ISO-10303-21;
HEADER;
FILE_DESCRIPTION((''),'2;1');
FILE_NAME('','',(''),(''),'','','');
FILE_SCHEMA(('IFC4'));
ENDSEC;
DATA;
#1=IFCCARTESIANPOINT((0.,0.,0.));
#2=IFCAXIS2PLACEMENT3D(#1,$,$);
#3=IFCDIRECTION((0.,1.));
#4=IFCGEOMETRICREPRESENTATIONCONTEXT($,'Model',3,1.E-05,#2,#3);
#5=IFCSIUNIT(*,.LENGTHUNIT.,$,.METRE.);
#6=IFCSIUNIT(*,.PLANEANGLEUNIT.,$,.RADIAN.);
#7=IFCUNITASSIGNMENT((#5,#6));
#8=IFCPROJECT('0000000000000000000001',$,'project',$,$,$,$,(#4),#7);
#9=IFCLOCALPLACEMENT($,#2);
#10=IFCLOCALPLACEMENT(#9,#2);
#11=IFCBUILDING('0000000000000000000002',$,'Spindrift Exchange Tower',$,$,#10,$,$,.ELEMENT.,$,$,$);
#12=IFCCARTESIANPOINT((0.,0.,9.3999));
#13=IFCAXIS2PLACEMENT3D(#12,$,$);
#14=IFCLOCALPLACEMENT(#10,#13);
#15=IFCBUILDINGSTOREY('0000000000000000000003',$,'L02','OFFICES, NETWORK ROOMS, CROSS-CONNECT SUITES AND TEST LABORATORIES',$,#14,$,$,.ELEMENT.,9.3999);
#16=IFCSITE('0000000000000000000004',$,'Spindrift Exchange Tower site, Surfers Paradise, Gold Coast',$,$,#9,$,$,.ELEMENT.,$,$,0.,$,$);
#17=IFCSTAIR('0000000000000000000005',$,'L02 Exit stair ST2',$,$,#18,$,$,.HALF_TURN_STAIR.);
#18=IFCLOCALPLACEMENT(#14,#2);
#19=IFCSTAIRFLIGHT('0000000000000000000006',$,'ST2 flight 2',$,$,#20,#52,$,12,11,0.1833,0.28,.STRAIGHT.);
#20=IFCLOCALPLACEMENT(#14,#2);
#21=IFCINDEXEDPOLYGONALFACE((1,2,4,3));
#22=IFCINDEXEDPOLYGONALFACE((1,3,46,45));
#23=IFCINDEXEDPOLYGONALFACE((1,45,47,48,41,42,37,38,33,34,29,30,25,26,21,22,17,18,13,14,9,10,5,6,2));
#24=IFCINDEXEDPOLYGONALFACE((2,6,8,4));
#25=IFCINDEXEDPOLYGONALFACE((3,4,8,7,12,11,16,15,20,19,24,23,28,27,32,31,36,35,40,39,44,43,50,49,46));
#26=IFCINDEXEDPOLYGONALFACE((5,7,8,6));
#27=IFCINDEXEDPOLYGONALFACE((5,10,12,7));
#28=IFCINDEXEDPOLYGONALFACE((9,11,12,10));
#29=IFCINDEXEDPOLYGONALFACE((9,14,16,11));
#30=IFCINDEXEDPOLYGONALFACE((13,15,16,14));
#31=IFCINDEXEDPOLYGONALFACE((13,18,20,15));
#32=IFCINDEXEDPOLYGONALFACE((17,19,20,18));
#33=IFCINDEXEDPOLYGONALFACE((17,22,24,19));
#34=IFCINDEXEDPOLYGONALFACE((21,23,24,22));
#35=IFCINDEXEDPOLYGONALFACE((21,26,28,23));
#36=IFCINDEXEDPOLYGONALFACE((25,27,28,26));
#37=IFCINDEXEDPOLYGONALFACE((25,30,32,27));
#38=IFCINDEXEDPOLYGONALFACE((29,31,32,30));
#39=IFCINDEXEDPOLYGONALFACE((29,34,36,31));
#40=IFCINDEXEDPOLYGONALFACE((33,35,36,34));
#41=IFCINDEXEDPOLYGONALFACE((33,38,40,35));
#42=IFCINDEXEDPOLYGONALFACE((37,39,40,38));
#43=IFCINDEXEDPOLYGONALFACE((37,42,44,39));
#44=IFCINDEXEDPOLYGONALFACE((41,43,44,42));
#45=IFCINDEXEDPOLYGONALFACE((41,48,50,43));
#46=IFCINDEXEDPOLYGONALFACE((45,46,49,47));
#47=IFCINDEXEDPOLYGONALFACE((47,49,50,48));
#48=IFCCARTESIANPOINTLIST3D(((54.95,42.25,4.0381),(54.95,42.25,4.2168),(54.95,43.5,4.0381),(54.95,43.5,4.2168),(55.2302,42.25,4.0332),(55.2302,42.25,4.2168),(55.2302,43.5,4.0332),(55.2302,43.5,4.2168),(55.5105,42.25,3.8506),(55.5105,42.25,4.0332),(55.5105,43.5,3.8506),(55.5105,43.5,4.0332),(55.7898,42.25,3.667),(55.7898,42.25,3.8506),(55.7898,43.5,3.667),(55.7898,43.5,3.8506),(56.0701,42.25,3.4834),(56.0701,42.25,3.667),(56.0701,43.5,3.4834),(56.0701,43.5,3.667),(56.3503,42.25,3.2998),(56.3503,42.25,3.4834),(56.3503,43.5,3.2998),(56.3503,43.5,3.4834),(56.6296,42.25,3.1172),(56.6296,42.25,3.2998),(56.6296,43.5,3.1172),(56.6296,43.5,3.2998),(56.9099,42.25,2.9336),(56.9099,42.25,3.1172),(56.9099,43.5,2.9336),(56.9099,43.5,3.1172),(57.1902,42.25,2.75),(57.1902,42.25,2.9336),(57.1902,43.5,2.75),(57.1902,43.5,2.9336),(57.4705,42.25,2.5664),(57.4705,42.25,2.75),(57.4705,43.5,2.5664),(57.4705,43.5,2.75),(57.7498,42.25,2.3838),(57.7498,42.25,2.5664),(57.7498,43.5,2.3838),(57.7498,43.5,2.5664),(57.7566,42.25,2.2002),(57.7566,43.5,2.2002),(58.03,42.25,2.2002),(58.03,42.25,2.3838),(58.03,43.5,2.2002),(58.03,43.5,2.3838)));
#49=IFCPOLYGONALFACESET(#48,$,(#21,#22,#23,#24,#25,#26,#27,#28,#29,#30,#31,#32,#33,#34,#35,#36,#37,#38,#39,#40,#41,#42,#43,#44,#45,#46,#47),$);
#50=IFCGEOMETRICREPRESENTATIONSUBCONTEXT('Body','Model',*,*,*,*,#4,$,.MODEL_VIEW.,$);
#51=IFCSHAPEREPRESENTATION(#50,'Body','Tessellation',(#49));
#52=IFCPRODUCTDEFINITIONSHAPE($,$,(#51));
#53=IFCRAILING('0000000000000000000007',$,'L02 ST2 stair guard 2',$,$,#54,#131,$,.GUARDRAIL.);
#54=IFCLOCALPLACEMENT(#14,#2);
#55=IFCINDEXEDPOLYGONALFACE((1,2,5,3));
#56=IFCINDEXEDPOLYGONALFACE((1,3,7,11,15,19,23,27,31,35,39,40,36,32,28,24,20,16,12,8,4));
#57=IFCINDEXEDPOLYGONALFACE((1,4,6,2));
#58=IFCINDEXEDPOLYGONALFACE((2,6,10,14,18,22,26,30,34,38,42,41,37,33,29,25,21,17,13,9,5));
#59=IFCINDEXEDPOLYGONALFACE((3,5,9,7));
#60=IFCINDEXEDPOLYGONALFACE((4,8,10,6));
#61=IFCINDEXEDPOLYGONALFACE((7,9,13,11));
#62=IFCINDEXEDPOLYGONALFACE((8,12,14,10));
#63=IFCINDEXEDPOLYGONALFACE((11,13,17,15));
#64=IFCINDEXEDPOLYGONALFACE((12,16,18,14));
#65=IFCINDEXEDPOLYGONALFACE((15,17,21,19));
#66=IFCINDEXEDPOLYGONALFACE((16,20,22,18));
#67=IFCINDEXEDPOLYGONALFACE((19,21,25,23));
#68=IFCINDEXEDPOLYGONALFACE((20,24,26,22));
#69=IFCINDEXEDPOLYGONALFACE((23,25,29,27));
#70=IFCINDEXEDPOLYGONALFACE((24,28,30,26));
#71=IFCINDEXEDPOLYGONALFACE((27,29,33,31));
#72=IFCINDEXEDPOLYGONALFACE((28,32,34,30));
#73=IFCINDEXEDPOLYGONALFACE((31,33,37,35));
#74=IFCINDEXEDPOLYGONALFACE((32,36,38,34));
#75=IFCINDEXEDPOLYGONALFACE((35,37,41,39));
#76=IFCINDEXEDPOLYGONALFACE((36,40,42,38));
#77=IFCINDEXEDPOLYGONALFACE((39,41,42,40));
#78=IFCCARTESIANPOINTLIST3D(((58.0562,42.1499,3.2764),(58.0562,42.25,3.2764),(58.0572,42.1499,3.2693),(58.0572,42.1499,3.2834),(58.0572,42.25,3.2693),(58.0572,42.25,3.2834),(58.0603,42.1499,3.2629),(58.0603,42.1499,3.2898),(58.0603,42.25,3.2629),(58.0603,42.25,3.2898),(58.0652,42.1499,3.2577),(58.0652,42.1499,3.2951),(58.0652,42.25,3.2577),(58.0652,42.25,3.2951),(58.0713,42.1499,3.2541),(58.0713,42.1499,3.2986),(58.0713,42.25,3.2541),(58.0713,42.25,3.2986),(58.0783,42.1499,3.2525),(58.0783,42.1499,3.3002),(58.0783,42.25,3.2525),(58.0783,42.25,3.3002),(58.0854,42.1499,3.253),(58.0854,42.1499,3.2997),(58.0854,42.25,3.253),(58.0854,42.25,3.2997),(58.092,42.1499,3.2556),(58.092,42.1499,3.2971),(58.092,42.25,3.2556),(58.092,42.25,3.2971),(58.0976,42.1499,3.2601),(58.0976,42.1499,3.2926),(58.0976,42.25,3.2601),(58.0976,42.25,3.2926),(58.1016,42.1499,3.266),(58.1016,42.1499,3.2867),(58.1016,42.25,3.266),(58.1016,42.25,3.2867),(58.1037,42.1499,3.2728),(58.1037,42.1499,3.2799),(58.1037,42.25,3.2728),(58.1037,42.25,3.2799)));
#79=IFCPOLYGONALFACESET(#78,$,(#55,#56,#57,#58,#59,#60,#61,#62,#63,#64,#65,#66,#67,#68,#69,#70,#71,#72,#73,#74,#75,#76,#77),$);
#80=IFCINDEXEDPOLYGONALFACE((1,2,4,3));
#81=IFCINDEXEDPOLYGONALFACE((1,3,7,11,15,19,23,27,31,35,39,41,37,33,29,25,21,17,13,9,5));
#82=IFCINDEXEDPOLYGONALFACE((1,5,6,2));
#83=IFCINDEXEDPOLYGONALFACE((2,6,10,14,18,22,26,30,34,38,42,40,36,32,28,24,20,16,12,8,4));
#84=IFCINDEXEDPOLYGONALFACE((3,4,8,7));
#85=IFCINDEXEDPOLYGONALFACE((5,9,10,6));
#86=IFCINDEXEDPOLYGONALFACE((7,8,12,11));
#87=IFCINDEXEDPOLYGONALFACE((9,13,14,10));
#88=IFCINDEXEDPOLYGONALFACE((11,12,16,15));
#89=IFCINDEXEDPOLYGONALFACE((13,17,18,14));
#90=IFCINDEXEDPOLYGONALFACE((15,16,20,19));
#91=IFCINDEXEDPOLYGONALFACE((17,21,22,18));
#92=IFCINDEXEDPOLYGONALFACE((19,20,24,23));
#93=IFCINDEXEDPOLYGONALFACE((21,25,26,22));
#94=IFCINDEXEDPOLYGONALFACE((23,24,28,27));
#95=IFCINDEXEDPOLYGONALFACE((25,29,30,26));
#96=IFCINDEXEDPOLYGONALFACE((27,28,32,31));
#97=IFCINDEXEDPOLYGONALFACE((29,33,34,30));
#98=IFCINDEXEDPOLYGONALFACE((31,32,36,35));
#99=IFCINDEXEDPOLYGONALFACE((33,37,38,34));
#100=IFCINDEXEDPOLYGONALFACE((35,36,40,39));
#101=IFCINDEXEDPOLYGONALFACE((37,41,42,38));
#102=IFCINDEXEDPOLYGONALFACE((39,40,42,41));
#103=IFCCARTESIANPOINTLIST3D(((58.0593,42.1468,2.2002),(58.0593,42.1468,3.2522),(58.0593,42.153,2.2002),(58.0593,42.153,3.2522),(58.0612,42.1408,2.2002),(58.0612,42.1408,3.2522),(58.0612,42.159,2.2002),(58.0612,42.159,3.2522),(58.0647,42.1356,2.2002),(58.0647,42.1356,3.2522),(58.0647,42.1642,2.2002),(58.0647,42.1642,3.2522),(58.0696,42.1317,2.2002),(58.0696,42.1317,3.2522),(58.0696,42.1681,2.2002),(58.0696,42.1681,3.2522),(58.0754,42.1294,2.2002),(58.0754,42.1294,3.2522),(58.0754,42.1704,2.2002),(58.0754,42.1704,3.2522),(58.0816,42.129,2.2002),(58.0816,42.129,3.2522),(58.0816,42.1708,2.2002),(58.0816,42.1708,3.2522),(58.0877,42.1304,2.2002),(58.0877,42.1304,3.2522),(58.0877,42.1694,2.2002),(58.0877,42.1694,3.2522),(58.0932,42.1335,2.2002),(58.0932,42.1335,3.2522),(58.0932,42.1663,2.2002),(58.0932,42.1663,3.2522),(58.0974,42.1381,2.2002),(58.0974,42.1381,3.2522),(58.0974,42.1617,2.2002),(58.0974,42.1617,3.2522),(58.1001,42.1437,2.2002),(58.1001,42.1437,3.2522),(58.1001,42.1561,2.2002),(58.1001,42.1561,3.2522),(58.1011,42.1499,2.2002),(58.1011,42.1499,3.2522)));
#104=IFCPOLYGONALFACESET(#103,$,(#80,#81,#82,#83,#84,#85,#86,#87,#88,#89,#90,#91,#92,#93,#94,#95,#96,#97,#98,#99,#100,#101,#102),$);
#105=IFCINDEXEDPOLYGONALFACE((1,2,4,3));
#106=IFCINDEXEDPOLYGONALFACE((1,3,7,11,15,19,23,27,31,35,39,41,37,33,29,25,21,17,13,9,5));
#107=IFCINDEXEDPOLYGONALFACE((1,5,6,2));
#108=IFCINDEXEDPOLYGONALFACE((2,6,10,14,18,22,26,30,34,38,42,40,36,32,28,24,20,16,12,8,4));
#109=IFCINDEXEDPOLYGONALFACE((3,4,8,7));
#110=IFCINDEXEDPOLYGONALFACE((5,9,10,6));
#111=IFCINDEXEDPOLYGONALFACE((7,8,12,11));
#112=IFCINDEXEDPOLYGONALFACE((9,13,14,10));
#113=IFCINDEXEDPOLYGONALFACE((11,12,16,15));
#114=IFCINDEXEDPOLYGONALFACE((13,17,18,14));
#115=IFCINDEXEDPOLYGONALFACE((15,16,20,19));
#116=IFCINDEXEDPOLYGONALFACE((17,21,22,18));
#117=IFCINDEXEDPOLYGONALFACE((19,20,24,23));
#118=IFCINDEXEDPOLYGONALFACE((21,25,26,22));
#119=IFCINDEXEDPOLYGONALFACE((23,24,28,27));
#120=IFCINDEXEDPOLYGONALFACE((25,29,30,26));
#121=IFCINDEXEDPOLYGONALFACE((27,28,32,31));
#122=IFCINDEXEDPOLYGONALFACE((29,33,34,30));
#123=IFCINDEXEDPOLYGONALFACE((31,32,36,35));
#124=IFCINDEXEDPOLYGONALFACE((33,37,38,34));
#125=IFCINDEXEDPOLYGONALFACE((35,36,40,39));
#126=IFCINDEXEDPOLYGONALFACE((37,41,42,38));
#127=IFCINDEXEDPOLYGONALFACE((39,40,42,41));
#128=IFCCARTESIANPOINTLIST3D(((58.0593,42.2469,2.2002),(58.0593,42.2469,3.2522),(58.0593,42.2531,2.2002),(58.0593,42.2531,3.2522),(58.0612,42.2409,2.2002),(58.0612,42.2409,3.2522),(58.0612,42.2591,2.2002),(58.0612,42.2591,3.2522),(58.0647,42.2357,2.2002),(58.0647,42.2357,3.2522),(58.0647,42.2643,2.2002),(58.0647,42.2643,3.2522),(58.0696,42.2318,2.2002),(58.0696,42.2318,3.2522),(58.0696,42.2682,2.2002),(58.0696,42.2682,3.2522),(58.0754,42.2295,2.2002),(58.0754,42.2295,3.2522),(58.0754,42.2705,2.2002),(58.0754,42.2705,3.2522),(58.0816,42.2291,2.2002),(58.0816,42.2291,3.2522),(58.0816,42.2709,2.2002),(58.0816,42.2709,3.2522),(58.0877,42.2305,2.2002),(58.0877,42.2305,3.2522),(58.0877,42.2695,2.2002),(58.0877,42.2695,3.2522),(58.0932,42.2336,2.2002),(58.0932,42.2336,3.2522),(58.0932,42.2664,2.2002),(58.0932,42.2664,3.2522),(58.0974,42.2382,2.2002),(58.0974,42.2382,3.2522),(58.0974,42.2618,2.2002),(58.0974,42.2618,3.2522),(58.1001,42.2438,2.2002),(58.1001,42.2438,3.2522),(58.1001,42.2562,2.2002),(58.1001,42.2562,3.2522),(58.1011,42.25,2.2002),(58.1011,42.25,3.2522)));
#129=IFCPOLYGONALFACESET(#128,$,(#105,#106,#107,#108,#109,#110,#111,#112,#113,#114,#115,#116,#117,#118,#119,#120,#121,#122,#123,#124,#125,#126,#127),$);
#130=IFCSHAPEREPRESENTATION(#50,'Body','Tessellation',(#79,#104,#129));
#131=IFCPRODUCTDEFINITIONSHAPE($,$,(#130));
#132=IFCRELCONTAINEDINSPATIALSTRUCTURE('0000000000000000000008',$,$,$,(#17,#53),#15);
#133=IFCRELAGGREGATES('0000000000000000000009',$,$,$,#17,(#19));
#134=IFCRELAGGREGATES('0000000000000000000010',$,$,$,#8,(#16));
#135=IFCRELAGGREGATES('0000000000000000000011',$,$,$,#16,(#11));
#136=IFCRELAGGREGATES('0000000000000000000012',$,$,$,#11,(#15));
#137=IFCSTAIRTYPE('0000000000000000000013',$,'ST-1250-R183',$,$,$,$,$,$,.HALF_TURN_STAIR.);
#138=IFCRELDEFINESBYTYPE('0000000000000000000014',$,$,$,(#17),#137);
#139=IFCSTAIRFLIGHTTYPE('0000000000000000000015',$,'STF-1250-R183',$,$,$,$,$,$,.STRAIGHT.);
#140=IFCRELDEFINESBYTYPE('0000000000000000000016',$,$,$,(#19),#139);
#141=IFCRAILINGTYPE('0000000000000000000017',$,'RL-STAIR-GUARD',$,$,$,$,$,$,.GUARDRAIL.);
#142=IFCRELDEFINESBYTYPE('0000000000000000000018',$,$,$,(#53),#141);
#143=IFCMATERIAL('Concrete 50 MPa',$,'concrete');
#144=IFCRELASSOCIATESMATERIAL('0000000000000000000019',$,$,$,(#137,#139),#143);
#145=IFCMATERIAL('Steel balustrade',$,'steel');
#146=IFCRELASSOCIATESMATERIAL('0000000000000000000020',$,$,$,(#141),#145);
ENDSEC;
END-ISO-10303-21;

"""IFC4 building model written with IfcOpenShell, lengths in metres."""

from ifc_helpers import new_model, si_unit, direction, frame, origin, origin_2d, place, context, subcontext, project, spatial, line, indexed_curve, circle, outline, extrude, material, type_object, element, aggregate, save


model = new_model("IFC4")

# Units and contexts
model_context = context("Model", 3, precision=1e-05, world=origin(), true_north=direction((0.0, 1.0)))
body_context = subcontext(model_context, "Body", "Model", "MODEL_VIEW")
ifc_project = project(units=[si_unit("LENGTHUNIT", "METRE"), si_unit("PLANEANGLEUNIT", "RADIAN")], contexts=[model_context])

# Site, building, storey
site_placement = place(None, origin())
site = spatial("IfcSite", under=ifc_project, at=site_placement, Name="Spindrift Exchange Tower site, Surfers Paradise, Gold Coast", CompositionType="ELEMENT", RefElevation=0.0)
building_placement = place(site_placement, origin())
building = spatial("IfcBuilding", under=site, at=building_placement, Name="Spindrift Exchange Tower", CompositionType="ELEMENT")
storey_placement = place(building_placement, frame((0.0, 0.0, 9.3999)))
storey = spatial("IfcBuildingStorey", under=building, at=storey_placement, Name="L02", Description="OFFICES, NETWORK ROOMS, CROSS-CONNECT SUITES AND TEST LABORATORIES", CompositionType="ELEMENT", Elevation=9.3999)

# Stair, stair flight
ifc_material_1 = material(Name="Concrete 50 MPa", Category="concrete")
stair_type = type_object("IfcStairType", Name="ST-1250-R183", PredefinedType="HALF_TURN_STAIR", material=ifc_material_1)
stair_placement = place(storey_placement, origin())
stair = element("IfcStair", 1, at=stair_placement, inside=storey, type_object=stair_type, Name="L02 Exit stair ST2", PredefinedType="HALF_TURN_STAIR")
stair_flight_type = type_object("IfcStairFlightType", Name="STF-1250-R183", PredefinedType="STRAIGHT", material=ifc_material_1)
stair_flight_placement = place(storey_placement, frame((58.03, 42.875, 2.2002), z_axis=(0.0, 0.0, 1.0), x_axis=(-1.0, 0.0, 0.0)))
stair_flight = element("IfcStairFlight", 2, at=stair_flight_placement, type_object=stair_flight_type, Name="ST2 flight 2", NumberOfRisers=12, NumberOfTreads=11, PredefinedType="STRAIGHT", RiserHeight=0.1833, TreadLength=0.28, context=body_context, shape_type="SweptSolid", body=[
    extrude(outline(indexed_curve([(0.0, 0.0), (0.0, 0.1836), (0.2803, 0.1836), (0.2803, 0.3662), (0.5596, 0.3662), (0.5596, 0.5498), (0.8398, 0.5498), (0.8398, 0.7334), (1.1201, 0.7334), (1.1201, 0.917), (1.4004, 0.917), (1.4004, 1.0996), (1.6797, 1.0996), (1.6797, 1.2832), (1.96, 1.2832), (1.96, 1.4668), (2.2402, 1.4668), (2.2402, 1.6504), (2.5195, 1.6504), (2.5195, 1.833), (2.7998, 1.833), (2.7998, 2.0166), (3.0801, 2.0166), (3.0801, 2.2002), (3.0801, 1.8379), (0.2734, 0.0)], segments=[line(1, 2, 3, 4, 5, 6, 7, 8, 9, 10, 11, 12, 13, 14, 15, 16, 17, 18, 19, 20, 21, 22, 23, 24, 25, 26, 1)], self_intersect=False)), frame((0.0, 0.625, 0.0), z_axis=(0.0, -1.0, 0.0), x_axis=(1.0, 0.0, 0.0)), (0.0, 0.0, 1.0), 1.25),
])
aggregate(stair, [stair_flight])

# Railing
ifc_material_2 = material(Name="Steel balustrade", Category="steel")
railing_type_1 = type_object("IfcRailingType", Name="RL-STAIR-GUARD", PredefinedType="GUARDRAIL", material=ifc_material_2)
railing_1_placement = place(storey_placement, frame((58.0801, 42.1499, 2.2002)))
element("IfcRailing", 3, at=railing_1_placement, inside=storey, type_object=railing_type_1, Name="L02 ST2 stair guard 2", PredefinedType="GUARDRAIL", context=body_context, shape_type="SweptSolid", body=[
    extrude(circle(Radius=0.0239, at=origin_2d()), frame((0.0, 0.0, 1.0762), z_axis=(0.0, 1.0, 0.0), x_axis=(-1.0, 0.0, 0.0)), (0.0, 0.0, 1.0), 0.1001),
    extrude(circle(Radius=0.021, at=origin_2d()), origin(), (0.0, 0.0, 1.0), 1.052),
    extrude(circle(Radius=0.021, at=origin_2d()), frame((0.0, 0.1001, 0.0)), (0.0, 0.0, 1.0), 1.052),
])

save(model, "model.ifc")
